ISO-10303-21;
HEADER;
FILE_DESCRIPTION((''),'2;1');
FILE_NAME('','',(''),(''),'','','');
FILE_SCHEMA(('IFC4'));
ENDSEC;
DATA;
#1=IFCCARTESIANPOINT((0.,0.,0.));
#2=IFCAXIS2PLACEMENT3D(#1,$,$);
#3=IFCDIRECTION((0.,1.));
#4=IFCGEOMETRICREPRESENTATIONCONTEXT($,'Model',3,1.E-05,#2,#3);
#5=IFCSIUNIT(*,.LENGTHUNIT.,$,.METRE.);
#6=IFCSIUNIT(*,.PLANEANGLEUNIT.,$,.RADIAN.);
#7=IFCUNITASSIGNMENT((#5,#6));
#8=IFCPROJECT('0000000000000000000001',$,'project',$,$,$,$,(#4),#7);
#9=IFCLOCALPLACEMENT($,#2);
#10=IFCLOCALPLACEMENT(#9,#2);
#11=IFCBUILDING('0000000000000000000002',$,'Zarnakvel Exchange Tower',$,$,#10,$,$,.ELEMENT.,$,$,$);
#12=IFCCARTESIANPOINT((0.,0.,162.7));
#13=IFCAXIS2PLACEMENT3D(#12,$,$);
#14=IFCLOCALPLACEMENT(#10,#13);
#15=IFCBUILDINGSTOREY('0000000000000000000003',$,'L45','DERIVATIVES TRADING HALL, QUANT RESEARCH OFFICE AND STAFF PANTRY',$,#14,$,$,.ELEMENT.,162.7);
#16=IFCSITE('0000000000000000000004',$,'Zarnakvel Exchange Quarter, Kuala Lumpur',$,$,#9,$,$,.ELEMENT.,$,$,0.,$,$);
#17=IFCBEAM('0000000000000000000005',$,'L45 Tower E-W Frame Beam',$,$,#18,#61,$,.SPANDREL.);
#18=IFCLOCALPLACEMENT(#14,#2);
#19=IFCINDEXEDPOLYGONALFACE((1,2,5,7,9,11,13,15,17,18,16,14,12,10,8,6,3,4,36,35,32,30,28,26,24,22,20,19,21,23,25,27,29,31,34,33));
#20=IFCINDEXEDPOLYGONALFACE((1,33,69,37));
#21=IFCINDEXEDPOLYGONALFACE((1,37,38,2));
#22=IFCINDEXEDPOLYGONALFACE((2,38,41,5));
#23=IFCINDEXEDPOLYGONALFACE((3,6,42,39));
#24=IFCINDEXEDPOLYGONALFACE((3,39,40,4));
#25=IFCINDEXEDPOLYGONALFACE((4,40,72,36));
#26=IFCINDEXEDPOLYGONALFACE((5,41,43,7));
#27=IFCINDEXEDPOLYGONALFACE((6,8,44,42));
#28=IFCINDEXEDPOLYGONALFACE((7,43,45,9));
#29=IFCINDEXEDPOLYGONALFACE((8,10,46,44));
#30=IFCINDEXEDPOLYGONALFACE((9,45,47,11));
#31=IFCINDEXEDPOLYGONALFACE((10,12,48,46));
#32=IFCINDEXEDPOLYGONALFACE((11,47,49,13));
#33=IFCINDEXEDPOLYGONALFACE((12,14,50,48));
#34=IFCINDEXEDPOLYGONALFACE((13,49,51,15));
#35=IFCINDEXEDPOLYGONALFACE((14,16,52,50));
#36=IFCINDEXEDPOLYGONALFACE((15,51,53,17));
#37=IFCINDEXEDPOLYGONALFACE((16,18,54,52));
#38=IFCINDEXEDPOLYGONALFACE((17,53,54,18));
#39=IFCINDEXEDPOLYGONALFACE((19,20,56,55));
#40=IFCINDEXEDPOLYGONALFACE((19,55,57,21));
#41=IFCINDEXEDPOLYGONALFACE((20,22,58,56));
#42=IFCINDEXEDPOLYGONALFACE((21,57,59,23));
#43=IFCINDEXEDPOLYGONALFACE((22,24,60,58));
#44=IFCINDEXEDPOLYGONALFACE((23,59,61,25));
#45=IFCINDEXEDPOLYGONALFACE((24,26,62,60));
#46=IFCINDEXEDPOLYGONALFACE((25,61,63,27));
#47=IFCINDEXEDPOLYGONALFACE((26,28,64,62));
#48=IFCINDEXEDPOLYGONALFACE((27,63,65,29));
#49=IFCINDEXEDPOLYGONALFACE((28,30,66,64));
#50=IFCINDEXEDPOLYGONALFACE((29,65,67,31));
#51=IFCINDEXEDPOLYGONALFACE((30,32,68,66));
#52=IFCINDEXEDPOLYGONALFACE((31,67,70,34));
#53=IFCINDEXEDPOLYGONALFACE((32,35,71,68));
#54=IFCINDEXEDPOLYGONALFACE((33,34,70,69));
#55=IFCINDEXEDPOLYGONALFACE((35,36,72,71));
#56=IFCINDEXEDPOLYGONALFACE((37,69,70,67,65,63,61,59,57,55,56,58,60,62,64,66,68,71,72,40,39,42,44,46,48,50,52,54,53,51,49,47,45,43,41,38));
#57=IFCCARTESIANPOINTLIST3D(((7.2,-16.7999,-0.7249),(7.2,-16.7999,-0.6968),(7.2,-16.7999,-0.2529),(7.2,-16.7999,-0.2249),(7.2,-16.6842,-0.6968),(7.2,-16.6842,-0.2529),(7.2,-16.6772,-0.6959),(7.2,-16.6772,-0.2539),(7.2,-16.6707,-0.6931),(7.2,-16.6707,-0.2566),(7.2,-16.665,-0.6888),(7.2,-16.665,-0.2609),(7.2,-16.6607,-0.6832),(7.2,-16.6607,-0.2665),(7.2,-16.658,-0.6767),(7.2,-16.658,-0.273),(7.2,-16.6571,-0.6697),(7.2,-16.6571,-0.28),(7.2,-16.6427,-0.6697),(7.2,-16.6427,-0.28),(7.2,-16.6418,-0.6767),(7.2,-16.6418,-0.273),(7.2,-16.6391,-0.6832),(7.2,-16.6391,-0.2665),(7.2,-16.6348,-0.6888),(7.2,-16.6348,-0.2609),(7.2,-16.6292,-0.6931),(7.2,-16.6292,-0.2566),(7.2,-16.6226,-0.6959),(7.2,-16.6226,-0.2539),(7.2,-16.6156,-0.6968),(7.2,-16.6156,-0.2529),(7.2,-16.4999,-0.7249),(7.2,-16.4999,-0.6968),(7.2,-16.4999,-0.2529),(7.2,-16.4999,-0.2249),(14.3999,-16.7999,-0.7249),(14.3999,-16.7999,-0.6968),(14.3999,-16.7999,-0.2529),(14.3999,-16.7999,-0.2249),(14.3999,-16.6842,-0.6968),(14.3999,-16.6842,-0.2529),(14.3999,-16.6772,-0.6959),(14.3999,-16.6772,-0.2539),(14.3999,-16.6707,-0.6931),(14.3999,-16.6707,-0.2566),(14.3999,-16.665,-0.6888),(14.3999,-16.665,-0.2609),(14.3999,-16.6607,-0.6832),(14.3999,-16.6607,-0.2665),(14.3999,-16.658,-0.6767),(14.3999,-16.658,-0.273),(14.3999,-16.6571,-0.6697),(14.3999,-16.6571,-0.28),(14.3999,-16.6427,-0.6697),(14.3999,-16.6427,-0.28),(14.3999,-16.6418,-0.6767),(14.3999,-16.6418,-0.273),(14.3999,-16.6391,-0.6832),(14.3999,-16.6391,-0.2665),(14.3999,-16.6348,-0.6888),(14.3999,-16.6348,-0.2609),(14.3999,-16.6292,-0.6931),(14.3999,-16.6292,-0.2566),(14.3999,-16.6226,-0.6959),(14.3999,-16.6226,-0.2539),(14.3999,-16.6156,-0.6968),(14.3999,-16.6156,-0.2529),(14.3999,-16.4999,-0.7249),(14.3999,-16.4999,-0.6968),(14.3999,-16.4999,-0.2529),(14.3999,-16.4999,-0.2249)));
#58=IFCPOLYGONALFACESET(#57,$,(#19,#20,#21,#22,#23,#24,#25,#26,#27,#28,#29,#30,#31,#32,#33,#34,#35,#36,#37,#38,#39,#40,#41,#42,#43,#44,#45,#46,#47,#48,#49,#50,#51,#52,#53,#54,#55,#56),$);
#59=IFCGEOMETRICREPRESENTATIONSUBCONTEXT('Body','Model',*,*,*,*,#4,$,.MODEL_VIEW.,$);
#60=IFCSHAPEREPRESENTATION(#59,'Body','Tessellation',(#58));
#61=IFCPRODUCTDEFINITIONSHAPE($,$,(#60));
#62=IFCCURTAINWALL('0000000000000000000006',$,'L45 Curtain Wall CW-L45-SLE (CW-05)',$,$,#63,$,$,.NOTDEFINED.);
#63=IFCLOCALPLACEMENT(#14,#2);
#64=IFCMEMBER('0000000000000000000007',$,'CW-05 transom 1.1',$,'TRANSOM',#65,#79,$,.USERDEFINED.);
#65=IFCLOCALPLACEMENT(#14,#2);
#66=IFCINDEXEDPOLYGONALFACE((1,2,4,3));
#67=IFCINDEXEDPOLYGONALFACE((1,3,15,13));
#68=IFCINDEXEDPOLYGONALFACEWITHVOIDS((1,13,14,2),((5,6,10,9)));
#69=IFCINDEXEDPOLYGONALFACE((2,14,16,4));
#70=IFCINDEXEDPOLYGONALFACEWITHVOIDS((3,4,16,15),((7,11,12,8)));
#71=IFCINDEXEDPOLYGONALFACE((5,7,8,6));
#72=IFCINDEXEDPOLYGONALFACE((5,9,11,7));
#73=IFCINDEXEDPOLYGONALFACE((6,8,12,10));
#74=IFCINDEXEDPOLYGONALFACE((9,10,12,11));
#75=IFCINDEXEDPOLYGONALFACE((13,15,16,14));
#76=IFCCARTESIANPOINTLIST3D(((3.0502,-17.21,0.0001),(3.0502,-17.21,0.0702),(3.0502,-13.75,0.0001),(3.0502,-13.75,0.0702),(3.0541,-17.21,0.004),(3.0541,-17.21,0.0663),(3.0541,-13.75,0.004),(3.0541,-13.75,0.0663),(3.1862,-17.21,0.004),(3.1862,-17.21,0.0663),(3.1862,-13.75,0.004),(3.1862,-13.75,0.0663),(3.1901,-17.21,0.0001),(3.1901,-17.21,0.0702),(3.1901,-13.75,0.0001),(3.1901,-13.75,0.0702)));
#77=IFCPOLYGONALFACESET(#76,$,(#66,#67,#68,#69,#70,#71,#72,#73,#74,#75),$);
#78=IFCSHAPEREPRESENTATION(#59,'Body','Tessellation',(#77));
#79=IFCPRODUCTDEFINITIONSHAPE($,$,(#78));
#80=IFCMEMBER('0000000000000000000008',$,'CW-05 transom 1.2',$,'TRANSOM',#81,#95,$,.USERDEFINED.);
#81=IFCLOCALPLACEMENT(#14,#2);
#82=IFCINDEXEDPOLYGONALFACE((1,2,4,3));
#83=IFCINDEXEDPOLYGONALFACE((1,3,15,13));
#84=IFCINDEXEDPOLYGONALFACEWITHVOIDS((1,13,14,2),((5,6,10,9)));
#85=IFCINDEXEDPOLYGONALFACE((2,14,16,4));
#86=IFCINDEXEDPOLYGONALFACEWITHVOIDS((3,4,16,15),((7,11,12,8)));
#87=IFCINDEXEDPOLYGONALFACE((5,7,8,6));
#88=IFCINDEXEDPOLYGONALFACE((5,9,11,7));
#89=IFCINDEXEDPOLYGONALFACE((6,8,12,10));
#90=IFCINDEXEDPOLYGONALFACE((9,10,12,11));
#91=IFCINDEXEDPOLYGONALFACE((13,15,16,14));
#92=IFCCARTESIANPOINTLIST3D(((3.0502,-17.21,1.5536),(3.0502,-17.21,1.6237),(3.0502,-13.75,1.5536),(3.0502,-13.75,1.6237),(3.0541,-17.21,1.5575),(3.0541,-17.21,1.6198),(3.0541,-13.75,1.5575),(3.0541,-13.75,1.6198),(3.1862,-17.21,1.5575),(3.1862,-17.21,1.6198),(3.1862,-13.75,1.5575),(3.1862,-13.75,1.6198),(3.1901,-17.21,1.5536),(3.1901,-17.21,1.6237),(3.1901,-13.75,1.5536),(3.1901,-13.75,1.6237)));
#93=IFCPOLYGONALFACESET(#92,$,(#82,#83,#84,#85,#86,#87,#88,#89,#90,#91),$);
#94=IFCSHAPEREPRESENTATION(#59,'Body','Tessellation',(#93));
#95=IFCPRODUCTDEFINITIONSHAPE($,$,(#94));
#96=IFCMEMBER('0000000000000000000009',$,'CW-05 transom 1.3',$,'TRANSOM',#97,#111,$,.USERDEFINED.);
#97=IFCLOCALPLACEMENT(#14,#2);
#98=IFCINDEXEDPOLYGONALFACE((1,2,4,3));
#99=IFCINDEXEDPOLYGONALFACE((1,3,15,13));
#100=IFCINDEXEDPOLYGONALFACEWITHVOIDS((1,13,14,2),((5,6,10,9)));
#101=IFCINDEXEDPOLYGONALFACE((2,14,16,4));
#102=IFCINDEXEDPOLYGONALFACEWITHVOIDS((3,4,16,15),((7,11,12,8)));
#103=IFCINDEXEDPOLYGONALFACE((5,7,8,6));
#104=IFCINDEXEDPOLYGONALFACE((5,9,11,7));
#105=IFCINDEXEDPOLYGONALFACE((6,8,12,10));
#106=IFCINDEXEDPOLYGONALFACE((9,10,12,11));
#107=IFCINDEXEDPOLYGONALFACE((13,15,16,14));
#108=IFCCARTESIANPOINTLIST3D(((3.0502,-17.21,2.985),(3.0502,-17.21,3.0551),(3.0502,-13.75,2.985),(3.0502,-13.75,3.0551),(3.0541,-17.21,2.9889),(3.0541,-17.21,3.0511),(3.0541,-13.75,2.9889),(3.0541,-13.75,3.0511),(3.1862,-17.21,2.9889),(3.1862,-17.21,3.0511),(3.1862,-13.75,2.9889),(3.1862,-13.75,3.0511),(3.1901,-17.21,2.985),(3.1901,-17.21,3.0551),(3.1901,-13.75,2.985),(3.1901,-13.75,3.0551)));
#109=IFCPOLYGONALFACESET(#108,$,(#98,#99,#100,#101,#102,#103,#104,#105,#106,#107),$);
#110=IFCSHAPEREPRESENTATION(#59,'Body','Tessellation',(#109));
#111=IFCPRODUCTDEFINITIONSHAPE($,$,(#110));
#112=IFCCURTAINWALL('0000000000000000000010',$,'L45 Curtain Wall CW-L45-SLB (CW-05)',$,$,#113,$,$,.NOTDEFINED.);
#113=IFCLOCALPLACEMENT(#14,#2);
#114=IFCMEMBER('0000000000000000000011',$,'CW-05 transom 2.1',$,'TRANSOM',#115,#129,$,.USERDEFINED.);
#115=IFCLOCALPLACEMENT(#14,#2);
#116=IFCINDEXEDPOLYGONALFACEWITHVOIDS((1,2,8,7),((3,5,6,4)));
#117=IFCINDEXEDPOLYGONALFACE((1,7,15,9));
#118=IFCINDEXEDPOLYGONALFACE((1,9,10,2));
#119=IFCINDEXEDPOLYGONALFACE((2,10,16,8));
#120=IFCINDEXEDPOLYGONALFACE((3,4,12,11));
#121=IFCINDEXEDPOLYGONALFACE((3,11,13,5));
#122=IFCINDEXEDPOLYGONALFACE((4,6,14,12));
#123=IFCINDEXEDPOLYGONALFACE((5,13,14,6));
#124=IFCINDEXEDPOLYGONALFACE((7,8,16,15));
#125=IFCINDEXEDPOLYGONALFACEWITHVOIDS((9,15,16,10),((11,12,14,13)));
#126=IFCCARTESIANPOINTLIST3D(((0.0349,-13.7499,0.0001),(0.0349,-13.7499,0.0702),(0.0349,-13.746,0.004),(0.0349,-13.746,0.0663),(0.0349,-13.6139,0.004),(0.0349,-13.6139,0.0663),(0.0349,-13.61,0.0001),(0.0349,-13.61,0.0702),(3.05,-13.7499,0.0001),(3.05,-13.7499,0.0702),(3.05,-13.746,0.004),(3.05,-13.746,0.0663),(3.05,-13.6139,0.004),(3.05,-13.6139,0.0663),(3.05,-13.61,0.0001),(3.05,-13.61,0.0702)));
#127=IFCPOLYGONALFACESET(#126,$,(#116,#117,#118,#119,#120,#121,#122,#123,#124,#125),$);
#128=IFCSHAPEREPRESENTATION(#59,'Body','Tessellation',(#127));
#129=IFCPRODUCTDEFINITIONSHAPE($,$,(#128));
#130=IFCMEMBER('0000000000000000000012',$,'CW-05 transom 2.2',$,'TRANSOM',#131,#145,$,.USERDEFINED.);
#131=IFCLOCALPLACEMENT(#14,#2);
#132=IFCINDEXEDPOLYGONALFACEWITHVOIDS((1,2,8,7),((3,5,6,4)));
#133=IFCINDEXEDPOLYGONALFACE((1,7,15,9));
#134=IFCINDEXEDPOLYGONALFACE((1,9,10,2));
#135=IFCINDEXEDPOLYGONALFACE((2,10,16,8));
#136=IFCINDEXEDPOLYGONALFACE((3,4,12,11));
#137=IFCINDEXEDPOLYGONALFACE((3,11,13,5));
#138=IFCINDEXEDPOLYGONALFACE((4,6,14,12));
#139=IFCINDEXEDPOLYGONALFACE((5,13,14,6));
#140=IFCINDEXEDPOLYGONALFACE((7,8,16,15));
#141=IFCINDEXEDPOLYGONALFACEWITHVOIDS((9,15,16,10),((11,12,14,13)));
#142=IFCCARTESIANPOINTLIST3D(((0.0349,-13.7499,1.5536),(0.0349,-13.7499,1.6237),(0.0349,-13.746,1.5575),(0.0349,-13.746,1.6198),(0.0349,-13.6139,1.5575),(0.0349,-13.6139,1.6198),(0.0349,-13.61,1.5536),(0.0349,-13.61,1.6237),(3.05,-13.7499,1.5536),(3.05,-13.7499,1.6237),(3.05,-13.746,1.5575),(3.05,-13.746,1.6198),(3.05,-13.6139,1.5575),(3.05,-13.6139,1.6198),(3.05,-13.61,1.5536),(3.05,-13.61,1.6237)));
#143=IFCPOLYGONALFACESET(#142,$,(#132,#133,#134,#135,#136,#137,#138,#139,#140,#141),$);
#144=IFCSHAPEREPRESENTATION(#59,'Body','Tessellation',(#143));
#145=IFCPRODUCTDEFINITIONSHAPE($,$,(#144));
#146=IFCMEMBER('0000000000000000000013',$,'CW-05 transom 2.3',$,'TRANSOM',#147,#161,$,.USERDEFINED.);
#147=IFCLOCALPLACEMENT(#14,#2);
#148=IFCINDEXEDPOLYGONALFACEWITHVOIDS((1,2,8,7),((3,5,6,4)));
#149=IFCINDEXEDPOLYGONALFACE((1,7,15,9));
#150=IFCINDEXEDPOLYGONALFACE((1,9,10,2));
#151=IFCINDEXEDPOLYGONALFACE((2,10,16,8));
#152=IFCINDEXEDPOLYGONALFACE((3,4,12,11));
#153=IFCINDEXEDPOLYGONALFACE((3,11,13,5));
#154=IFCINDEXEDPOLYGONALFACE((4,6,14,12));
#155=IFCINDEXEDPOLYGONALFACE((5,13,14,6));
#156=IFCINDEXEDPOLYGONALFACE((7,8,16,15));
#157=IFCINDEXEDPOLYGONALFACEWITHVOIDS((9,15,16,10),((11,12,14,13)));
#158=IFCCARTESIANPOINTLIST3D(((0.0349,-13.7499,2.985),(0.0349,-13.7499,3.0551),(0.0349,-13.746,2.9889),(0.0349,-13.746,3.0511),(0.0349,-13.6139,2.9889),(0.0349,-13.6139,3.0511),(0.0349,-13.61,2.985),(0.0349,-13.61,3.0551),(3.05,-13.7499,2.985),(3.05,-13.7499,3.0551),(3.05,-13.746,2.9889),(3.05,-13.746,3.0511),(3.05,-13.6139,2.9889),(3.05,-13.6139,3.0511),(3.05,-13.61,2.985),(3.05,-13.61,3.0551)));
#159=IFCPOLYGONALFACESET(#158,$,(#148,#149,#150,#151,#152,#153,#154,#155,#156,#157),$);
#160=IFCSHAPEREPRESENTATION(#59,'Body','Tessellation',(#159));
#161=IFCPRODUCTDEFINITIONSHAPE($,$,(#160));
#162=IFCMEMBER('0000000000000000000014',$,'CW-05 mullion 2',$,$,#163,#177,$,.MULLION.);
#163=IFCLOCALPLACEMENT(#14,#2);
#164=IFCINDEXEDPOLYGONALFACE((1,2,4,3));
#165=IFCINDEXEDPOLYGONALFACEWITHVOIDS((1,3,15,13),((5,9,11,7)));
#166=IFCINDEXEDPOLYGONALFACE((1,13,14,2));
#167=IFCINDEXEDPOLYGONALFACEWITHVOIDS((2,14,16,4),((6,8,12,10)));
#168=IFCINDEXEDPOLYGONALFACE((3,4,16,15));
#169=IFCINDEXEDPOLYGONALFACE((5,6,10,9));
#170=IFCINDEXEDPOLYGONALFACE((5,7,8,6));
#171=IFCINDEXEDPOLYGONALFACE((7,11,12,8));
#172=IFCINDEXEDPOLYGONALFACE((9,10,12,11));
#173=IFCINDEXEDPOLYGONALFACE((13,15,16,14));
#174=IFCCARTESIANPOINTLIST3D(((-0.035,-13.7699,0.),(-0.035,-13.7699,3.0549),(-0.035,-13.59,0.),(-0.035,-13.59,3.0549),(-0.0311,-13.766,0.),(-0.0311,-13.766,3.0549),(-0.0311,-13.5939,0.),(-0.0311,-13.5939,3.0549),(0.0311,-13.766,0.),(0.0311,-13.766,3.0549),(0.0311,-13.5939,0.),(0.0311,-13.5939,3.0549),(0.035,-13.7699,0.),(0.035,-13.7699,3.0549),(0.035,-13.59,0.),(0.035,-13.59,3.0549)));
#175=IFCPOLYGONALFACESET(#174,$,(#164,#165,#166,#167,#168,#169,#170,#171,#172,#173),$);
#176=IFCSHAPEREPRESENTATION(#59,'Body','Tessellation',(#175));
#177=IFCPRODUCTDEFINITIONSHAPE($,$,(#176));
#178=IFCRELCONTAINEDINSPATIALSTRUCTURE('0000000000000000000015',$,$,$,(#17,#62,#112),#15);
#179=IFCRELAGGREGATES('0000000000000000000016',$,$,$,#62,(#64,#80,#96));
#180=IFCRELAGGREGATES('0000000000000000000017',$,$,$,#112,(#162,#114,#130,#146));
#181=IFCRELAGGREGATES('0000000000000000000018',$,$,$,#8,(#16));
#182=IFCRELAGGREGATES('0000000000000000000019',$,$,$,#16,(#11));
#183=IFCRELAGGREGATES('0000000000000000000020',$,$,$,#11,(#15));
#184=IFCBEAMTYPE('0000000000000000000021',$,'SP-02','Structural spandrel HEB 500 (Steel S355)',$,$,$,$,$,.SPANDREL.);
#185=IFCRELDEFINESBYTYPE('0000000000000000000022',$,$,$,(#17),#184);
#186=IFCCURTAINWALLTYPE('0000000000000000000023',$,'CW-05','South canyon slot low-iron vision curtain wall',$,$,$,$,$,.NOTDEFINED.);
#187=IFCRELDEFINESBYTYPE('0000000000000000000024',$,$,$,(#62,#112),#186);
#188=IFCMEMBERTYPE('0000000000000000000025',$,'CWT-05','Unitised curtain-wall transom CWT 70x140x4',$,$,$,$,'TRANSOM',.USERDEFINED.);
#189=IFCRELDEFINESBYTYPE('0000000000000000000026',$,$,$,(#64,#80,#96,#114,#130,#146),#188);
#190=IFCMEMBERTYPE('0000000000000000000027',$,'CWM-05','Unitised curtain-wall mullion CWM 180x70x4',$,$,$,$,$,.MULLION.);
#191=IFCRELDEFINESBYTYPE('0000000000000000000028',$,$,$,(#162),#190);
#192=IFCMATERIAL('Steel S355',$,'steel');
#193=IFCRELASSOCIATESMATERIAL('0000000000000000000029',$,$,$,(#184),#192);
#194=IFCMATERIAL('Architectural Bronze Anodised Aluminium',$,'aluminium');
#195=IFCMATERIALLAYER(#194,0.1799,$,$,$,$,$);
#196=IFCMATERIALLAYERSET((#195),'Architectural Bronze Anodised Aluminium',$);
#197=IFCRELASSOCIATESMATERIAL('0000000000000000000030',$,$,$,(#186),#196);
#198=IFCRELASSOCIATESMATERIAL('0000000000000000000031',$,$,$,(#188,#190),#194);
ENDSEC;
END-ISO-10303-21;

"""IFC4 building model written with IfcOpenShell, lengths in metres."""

from ifc_helpers import new_model, si_unit, direction, frame, origin, origin_2d, place, context, subcontext, project, spatial, hollow_rectangle, i_section, extrude, source, transform, mapped, material, layer, layer_set, material_profile, profile_set, type_object, element, aggregate, save


model = new_model("IFC4")

# Units and contexts
model_context = context("Model", 3, precision=1e-05, world=origin(), true_north=direction((0.0, 1.0)))
body_context = subcontext(model_context, "Body", "Model", "MODEL_VIEW")
ifc_project = project(units=[si_unit("LENGTHUNIT", "METRE"), si_unit("PLANEANGLEUNIT", "RADIAN")], contexts=[model_context])

# Site, building, storey
site_placement = place(None, origin())
site = spatial("IfcSite", under=ifc_project, at=site_placement, Name="Zarnakvel Exchange Quarter, Kuala Lumpur", CompositionType="ELEMENT", RefElevation=0.0)
building_placement = place(site_placement, origin())
building = spatial("IfcBuilding", under=site, at=building_placement, Name="Zarnakvel Exchange Tower", CompositionType="ELEMENT")
storey_placement = place(building_placement, frame((0.0, 0.0, 162.7)))
storey = spatial("IfcBuildingStorey", under=building, at=storey_placement, Name="L45", Description="DERIVATIVES TRADING HALL, QUANT RESEARCH OFFICE AND STAFF PANTRY", CompositionType="ELEMENT", Elevation=162.7)

# Beam
ifc_material_1 = material(Name="Steel S355", Category="steel")
ifc_material_profile_1 = material_profile(ifc_material_1, i_section(OverallWidth=0.3, OverallDepth=0.5, WebThickness=0.0144, FlangeThickness=0.0281, FilletRadius=0.0271, at=origin_2d()))
ifc_profile_set_1 = profile_set([ifc_material_profile_1], Name="Steel S355")
beam_type_1 = type_object("IfcBeamType", Name="SP-02", Description="Structural spandrel HEB 500 (Steel S355)", PredefinedType="SPANDREL", material=ifc_profile_set_1)
beam_1_placement = place(storey_placement, frame((7.2, -16.6499, -0.4749), z_axis=(1.0, 0.0, 0.0), x_axis=(0.0, 1.0, 0.0)))
element("IfcBeam", 1, at=beam_1_placement, inside=storey, type_object=beam_type_1, Name="L45 Tower E-W Frame Beam", PredefinedType="SPANDREL", context=body_context, shape_type="SweptSolid", body=[
    extrude(i_section(OverallWidth=0.3, OverallDepth=0.5, WebThickness=0.0144, FlangeThickness=0.0281, FilletRadius=0.0271, at=origin_2d()), origin(), (0.0, 0.0, 1.0), 7.2),
])

# Curtain walls, members
ifc_material_2 = material(Name="Architectural Bronze Anodised Aluminium", Category="aluminium")
ifc_layer_1 = layer(ifc_material_2, 0.1799)
ifc_layer_set_1 = layer_set([ifc_layer_1], Name="Architectural Bronze Anodised Aluminium")
curtain_wall_type = type_object("IfcCurtainWallType", Name="CW-05", Description="South canyon slot low-iron vision curtain wall", PredefinedType="NOTDEFINED", material=ifc_layer_set_1)
curtain_wall_1_placement = place(storey_placement, origin())
curtain_wall_1 = element("IfcCurtainWall", 2, at=curtain_wall_1_placement, inside=storey, type_object=curtain_wall_type, Name="L45 Curtain Wall CW-L45-SLE (CW-05)", PredefinedType="NOTDEFINED")
ifc_material_profile_2 = material_profile(ifc_material_2, hollow_rectangle(XDim=0.1399, YDim=0.0701, WallThickness=0.0039, at=origin_2d()))
ifc_profile_set_2 = profile_set([ifc_material_profile_2], Name="Architectural Bronze Anodised Aluminium")
member_type_1 = type_object("IfcMemberType", Name="CWT-05", Description="Unitised curtain-wall transom CWT 70x140x4", ElementType="TRANSOM", PredefinedType="USERDEFINED", material=ifc_profile_set_2)
shared_shape_1 = source(origin(), body_context, "Body", "SweptSolid", [
    extrude(hollow_rectangle(XDim=0.1399, YDim=0.0701, WallThickness=0.0039, at=origin_2d()), origin(), (0.0, 0.0, 1.0), 3.46),
])
member_1_placement = place(storey_placement, frame((3.1201, -13.75, 0.0352), z_axis=(0.0, -1.0, 0.0), x_axis=(1.0, 0.0, 0.0)))
member_1 = element("IfcMember", 3, at=member_1_placement, type_object=member_type_1, Name="CW-05 transom 1.1", ObjectType="TRANSOM", PredefinedType="USERDEFINED", context=body_context, shape_type="MappedRepresentation", body=[
    mapped(shared_shape_1, transform((0.0, 0.0, 0.0), x_axis=(1.0, 0.0, 0.0), y_axis=(0.0, 1.0, 0.0), z_axis=(0.0, 0.0, 1.0), scale=1.0)),
])
member_2_placement = place(storey_placement, frame((3.1201, -13.75, 1.5886), z_axis=(0.0, -1.0, 0.0), x_axis=(1.0, 0.0, 0.0)))
member_2 = element("IfcMember", 4, at=member_2_placement, type_object=member_type_1, Name="CW-05 transom 1.2", ObjectType="TRANSOM", PredefinedType="USERDEFINED", context=body_context, shape_type="MappedRepresentation", body=[
    mapped(shared_shape_1, transform((0.0, 0.0, 0.0), x_axis=(1.0, 0.0, 0.0), y_axis=(0.0, 1.0, 0.0), z_axis=(0.0, 0.0, 1.0), scale=1.0)),
])
member_3_placement = place(storey_placement, frame((3.1201, -13.75, 3.02), z_axis=(0.0, -1.0, 0.0), x_axis=(1.0, 0.0, 0.0)))
member_3 = element("IfcMember", 5, at=member_3_placement, type_object=member_type_1, Name="CW-05 transom 1.3", ObjectType="TRANSOM", PredefinedType="USERDEFINED", context=body_context, shape_type="MappedRepresentation", body=[
    mapped(shared_shape_1, transform((0.0, 0.0, 0.0), x_axis=(1.0, 0.0, 0.0), y_axis=(0.0, 1.0, 0.0), z_axis=(0.0, 0.0, 1.0), scale=1.0)),
])
curtain_wall_2_placement = place(storey_placement, origin())
curtain_wall_2 = element("IfcCurtainWall", 6, at=curtain_wall_2_placement, inside=storey, type_object=curtain_wall_type, Name="L45 Curtain Wall CW-L45-SLB (CW-05)", PredefinedType="NOTDEFINED")
shared_shape_2 = source(origin(), body_context, "Body", "SweptSolid", [
    extrude(hollow_rectangle(XDim=0.1399, YDim=0.0701, WallThickness=0.0039, at=origin_2d()), origin(), (0.0, 0.0, 1.0), 3.0151),
])
member_4_placement = place(storey_placement, frame((0.0349, -13.6799, 0.0352), z_axis=(1.0, 0.0, 0.0), x_axis=(0.0, 1.0, 0.0)))
member_4 = element("IfcMember", 7, at=member_4_placement, type_object=member_type_1, Name="CW-05 transom 2.1", ObjectType="TRANSOM", PredefinedType="USERDEFINED", context=body_context, shape_type="MappedRepresentation", body=[
    mapped(shared_shape_2, transform((0.0, 0.0, 0.0), x_axis=(1.0, 0.0, 0.0), y_axis=(0.0, 1.0, 0.0), z_axis=(0.0, 0.0, 1.0), scale=1.0)),
])
member_5_placement = place(storey_placement, frame((0.0349, -13.6799, 1.5886), z_axis=(1.0, 0.0, 0.0), x_axis=(0.0, 1.0, 0.0)))
member_5 = element("IfcMember", 8, at=member_5_placement, type_object=member_type_1, Name="CW-05 transom 2.2", ObjectType="TRANSOM", PredefinedType="USERDEFINED", context=body_context, shape_type="MappedRepresentation", body=[
    mapped(shared_shape_2, transform((0.0, 0.0, 0.0), x_axis=(1.0, 0.0, 0.0), y_axis=(0.0, 1.0, 0.0), z_axis=(0.0, 0.0, 1.0), scale=1.0)),
])
member_6_placement = place(storey_placement, frame((0.0349, -13.6799, 3.02), z_axis=(1.0, 0.0, 0.0), x_axis=(0.0, 1.0, 0.0)))
member_6 = element("IfcMember", 9, at=member_6_placement, type_object=member_type_1, Name="CW-05 transom 2.3", ObjectType="TRANSOM", PredefinedType="USERDEFINED", context=body_context, shape_type="MappedRepresentation", body=[
    mapped(shared_shape_2, transform((0.0, 0.0, 0.0), x_axis=(1.0, 0.0, 0.0), y_axis=(0.0, 1.0, 0.0), z_axis=(0.0, 0.0, 1.0), scale=1.0)),
])
ifc_material_profile_3 = material_profile(ifc_material_2, hollow_rectangle(XDim=0.1799, YDim=0.0701, WallThickness=0.0039, at=origin_2d()))
ifc_profile_set_3 = profile_set([ifc_material_profile_3], Name="Architectural Bronze Anodised Aluminium")
member_type_2 = type_object("IfcMemberType", Name="CWM-05", Description="Unitised curtain-wall mullion CWM 180x70x4", PredefinedType="MULLION", material=ifc_profile_set_3)
shared_shape_3 = source(origin(), body_context, "Body", "SweptSolid", [
    extrude(hollow_rectangle(XDim=0.1799, YDim=0.0701, WallThickness=0.0039, at=origin_2d()), origin(), (0.0, 0.0, 1.0), 3.0549),
])
member_7_placement = place(storey_placement, frame((0.0, -13.6799, 0.0), z_axis=(0.0, 0.0, 1.0), x_axis=(0.0, 1.0, 0.0)))
member_7 = element("IfcMember", 10, at=member_7_placement, type_object=member_type_2, Name="CW-05 mullion 2", PredefinedType="MULLION", context=body_context, shape_type="MappedRepresentation", body=[
    mapped(shared_shape_3, transform((0.0, 0.0, 0.0), x_axis=(1.0, 0.0, 0.0), y_axis=(0.0, 1.0, 0.0), z_axis=(0.0, 0.0, 1.0), scale=1.0)),
])

aggregate(curtain_wall_1, [member_1, member_2, member_3])
aggregate(curtain_wall_2, [member_7, member_4, member_5, member_6])

save(model, "model.ifc")
